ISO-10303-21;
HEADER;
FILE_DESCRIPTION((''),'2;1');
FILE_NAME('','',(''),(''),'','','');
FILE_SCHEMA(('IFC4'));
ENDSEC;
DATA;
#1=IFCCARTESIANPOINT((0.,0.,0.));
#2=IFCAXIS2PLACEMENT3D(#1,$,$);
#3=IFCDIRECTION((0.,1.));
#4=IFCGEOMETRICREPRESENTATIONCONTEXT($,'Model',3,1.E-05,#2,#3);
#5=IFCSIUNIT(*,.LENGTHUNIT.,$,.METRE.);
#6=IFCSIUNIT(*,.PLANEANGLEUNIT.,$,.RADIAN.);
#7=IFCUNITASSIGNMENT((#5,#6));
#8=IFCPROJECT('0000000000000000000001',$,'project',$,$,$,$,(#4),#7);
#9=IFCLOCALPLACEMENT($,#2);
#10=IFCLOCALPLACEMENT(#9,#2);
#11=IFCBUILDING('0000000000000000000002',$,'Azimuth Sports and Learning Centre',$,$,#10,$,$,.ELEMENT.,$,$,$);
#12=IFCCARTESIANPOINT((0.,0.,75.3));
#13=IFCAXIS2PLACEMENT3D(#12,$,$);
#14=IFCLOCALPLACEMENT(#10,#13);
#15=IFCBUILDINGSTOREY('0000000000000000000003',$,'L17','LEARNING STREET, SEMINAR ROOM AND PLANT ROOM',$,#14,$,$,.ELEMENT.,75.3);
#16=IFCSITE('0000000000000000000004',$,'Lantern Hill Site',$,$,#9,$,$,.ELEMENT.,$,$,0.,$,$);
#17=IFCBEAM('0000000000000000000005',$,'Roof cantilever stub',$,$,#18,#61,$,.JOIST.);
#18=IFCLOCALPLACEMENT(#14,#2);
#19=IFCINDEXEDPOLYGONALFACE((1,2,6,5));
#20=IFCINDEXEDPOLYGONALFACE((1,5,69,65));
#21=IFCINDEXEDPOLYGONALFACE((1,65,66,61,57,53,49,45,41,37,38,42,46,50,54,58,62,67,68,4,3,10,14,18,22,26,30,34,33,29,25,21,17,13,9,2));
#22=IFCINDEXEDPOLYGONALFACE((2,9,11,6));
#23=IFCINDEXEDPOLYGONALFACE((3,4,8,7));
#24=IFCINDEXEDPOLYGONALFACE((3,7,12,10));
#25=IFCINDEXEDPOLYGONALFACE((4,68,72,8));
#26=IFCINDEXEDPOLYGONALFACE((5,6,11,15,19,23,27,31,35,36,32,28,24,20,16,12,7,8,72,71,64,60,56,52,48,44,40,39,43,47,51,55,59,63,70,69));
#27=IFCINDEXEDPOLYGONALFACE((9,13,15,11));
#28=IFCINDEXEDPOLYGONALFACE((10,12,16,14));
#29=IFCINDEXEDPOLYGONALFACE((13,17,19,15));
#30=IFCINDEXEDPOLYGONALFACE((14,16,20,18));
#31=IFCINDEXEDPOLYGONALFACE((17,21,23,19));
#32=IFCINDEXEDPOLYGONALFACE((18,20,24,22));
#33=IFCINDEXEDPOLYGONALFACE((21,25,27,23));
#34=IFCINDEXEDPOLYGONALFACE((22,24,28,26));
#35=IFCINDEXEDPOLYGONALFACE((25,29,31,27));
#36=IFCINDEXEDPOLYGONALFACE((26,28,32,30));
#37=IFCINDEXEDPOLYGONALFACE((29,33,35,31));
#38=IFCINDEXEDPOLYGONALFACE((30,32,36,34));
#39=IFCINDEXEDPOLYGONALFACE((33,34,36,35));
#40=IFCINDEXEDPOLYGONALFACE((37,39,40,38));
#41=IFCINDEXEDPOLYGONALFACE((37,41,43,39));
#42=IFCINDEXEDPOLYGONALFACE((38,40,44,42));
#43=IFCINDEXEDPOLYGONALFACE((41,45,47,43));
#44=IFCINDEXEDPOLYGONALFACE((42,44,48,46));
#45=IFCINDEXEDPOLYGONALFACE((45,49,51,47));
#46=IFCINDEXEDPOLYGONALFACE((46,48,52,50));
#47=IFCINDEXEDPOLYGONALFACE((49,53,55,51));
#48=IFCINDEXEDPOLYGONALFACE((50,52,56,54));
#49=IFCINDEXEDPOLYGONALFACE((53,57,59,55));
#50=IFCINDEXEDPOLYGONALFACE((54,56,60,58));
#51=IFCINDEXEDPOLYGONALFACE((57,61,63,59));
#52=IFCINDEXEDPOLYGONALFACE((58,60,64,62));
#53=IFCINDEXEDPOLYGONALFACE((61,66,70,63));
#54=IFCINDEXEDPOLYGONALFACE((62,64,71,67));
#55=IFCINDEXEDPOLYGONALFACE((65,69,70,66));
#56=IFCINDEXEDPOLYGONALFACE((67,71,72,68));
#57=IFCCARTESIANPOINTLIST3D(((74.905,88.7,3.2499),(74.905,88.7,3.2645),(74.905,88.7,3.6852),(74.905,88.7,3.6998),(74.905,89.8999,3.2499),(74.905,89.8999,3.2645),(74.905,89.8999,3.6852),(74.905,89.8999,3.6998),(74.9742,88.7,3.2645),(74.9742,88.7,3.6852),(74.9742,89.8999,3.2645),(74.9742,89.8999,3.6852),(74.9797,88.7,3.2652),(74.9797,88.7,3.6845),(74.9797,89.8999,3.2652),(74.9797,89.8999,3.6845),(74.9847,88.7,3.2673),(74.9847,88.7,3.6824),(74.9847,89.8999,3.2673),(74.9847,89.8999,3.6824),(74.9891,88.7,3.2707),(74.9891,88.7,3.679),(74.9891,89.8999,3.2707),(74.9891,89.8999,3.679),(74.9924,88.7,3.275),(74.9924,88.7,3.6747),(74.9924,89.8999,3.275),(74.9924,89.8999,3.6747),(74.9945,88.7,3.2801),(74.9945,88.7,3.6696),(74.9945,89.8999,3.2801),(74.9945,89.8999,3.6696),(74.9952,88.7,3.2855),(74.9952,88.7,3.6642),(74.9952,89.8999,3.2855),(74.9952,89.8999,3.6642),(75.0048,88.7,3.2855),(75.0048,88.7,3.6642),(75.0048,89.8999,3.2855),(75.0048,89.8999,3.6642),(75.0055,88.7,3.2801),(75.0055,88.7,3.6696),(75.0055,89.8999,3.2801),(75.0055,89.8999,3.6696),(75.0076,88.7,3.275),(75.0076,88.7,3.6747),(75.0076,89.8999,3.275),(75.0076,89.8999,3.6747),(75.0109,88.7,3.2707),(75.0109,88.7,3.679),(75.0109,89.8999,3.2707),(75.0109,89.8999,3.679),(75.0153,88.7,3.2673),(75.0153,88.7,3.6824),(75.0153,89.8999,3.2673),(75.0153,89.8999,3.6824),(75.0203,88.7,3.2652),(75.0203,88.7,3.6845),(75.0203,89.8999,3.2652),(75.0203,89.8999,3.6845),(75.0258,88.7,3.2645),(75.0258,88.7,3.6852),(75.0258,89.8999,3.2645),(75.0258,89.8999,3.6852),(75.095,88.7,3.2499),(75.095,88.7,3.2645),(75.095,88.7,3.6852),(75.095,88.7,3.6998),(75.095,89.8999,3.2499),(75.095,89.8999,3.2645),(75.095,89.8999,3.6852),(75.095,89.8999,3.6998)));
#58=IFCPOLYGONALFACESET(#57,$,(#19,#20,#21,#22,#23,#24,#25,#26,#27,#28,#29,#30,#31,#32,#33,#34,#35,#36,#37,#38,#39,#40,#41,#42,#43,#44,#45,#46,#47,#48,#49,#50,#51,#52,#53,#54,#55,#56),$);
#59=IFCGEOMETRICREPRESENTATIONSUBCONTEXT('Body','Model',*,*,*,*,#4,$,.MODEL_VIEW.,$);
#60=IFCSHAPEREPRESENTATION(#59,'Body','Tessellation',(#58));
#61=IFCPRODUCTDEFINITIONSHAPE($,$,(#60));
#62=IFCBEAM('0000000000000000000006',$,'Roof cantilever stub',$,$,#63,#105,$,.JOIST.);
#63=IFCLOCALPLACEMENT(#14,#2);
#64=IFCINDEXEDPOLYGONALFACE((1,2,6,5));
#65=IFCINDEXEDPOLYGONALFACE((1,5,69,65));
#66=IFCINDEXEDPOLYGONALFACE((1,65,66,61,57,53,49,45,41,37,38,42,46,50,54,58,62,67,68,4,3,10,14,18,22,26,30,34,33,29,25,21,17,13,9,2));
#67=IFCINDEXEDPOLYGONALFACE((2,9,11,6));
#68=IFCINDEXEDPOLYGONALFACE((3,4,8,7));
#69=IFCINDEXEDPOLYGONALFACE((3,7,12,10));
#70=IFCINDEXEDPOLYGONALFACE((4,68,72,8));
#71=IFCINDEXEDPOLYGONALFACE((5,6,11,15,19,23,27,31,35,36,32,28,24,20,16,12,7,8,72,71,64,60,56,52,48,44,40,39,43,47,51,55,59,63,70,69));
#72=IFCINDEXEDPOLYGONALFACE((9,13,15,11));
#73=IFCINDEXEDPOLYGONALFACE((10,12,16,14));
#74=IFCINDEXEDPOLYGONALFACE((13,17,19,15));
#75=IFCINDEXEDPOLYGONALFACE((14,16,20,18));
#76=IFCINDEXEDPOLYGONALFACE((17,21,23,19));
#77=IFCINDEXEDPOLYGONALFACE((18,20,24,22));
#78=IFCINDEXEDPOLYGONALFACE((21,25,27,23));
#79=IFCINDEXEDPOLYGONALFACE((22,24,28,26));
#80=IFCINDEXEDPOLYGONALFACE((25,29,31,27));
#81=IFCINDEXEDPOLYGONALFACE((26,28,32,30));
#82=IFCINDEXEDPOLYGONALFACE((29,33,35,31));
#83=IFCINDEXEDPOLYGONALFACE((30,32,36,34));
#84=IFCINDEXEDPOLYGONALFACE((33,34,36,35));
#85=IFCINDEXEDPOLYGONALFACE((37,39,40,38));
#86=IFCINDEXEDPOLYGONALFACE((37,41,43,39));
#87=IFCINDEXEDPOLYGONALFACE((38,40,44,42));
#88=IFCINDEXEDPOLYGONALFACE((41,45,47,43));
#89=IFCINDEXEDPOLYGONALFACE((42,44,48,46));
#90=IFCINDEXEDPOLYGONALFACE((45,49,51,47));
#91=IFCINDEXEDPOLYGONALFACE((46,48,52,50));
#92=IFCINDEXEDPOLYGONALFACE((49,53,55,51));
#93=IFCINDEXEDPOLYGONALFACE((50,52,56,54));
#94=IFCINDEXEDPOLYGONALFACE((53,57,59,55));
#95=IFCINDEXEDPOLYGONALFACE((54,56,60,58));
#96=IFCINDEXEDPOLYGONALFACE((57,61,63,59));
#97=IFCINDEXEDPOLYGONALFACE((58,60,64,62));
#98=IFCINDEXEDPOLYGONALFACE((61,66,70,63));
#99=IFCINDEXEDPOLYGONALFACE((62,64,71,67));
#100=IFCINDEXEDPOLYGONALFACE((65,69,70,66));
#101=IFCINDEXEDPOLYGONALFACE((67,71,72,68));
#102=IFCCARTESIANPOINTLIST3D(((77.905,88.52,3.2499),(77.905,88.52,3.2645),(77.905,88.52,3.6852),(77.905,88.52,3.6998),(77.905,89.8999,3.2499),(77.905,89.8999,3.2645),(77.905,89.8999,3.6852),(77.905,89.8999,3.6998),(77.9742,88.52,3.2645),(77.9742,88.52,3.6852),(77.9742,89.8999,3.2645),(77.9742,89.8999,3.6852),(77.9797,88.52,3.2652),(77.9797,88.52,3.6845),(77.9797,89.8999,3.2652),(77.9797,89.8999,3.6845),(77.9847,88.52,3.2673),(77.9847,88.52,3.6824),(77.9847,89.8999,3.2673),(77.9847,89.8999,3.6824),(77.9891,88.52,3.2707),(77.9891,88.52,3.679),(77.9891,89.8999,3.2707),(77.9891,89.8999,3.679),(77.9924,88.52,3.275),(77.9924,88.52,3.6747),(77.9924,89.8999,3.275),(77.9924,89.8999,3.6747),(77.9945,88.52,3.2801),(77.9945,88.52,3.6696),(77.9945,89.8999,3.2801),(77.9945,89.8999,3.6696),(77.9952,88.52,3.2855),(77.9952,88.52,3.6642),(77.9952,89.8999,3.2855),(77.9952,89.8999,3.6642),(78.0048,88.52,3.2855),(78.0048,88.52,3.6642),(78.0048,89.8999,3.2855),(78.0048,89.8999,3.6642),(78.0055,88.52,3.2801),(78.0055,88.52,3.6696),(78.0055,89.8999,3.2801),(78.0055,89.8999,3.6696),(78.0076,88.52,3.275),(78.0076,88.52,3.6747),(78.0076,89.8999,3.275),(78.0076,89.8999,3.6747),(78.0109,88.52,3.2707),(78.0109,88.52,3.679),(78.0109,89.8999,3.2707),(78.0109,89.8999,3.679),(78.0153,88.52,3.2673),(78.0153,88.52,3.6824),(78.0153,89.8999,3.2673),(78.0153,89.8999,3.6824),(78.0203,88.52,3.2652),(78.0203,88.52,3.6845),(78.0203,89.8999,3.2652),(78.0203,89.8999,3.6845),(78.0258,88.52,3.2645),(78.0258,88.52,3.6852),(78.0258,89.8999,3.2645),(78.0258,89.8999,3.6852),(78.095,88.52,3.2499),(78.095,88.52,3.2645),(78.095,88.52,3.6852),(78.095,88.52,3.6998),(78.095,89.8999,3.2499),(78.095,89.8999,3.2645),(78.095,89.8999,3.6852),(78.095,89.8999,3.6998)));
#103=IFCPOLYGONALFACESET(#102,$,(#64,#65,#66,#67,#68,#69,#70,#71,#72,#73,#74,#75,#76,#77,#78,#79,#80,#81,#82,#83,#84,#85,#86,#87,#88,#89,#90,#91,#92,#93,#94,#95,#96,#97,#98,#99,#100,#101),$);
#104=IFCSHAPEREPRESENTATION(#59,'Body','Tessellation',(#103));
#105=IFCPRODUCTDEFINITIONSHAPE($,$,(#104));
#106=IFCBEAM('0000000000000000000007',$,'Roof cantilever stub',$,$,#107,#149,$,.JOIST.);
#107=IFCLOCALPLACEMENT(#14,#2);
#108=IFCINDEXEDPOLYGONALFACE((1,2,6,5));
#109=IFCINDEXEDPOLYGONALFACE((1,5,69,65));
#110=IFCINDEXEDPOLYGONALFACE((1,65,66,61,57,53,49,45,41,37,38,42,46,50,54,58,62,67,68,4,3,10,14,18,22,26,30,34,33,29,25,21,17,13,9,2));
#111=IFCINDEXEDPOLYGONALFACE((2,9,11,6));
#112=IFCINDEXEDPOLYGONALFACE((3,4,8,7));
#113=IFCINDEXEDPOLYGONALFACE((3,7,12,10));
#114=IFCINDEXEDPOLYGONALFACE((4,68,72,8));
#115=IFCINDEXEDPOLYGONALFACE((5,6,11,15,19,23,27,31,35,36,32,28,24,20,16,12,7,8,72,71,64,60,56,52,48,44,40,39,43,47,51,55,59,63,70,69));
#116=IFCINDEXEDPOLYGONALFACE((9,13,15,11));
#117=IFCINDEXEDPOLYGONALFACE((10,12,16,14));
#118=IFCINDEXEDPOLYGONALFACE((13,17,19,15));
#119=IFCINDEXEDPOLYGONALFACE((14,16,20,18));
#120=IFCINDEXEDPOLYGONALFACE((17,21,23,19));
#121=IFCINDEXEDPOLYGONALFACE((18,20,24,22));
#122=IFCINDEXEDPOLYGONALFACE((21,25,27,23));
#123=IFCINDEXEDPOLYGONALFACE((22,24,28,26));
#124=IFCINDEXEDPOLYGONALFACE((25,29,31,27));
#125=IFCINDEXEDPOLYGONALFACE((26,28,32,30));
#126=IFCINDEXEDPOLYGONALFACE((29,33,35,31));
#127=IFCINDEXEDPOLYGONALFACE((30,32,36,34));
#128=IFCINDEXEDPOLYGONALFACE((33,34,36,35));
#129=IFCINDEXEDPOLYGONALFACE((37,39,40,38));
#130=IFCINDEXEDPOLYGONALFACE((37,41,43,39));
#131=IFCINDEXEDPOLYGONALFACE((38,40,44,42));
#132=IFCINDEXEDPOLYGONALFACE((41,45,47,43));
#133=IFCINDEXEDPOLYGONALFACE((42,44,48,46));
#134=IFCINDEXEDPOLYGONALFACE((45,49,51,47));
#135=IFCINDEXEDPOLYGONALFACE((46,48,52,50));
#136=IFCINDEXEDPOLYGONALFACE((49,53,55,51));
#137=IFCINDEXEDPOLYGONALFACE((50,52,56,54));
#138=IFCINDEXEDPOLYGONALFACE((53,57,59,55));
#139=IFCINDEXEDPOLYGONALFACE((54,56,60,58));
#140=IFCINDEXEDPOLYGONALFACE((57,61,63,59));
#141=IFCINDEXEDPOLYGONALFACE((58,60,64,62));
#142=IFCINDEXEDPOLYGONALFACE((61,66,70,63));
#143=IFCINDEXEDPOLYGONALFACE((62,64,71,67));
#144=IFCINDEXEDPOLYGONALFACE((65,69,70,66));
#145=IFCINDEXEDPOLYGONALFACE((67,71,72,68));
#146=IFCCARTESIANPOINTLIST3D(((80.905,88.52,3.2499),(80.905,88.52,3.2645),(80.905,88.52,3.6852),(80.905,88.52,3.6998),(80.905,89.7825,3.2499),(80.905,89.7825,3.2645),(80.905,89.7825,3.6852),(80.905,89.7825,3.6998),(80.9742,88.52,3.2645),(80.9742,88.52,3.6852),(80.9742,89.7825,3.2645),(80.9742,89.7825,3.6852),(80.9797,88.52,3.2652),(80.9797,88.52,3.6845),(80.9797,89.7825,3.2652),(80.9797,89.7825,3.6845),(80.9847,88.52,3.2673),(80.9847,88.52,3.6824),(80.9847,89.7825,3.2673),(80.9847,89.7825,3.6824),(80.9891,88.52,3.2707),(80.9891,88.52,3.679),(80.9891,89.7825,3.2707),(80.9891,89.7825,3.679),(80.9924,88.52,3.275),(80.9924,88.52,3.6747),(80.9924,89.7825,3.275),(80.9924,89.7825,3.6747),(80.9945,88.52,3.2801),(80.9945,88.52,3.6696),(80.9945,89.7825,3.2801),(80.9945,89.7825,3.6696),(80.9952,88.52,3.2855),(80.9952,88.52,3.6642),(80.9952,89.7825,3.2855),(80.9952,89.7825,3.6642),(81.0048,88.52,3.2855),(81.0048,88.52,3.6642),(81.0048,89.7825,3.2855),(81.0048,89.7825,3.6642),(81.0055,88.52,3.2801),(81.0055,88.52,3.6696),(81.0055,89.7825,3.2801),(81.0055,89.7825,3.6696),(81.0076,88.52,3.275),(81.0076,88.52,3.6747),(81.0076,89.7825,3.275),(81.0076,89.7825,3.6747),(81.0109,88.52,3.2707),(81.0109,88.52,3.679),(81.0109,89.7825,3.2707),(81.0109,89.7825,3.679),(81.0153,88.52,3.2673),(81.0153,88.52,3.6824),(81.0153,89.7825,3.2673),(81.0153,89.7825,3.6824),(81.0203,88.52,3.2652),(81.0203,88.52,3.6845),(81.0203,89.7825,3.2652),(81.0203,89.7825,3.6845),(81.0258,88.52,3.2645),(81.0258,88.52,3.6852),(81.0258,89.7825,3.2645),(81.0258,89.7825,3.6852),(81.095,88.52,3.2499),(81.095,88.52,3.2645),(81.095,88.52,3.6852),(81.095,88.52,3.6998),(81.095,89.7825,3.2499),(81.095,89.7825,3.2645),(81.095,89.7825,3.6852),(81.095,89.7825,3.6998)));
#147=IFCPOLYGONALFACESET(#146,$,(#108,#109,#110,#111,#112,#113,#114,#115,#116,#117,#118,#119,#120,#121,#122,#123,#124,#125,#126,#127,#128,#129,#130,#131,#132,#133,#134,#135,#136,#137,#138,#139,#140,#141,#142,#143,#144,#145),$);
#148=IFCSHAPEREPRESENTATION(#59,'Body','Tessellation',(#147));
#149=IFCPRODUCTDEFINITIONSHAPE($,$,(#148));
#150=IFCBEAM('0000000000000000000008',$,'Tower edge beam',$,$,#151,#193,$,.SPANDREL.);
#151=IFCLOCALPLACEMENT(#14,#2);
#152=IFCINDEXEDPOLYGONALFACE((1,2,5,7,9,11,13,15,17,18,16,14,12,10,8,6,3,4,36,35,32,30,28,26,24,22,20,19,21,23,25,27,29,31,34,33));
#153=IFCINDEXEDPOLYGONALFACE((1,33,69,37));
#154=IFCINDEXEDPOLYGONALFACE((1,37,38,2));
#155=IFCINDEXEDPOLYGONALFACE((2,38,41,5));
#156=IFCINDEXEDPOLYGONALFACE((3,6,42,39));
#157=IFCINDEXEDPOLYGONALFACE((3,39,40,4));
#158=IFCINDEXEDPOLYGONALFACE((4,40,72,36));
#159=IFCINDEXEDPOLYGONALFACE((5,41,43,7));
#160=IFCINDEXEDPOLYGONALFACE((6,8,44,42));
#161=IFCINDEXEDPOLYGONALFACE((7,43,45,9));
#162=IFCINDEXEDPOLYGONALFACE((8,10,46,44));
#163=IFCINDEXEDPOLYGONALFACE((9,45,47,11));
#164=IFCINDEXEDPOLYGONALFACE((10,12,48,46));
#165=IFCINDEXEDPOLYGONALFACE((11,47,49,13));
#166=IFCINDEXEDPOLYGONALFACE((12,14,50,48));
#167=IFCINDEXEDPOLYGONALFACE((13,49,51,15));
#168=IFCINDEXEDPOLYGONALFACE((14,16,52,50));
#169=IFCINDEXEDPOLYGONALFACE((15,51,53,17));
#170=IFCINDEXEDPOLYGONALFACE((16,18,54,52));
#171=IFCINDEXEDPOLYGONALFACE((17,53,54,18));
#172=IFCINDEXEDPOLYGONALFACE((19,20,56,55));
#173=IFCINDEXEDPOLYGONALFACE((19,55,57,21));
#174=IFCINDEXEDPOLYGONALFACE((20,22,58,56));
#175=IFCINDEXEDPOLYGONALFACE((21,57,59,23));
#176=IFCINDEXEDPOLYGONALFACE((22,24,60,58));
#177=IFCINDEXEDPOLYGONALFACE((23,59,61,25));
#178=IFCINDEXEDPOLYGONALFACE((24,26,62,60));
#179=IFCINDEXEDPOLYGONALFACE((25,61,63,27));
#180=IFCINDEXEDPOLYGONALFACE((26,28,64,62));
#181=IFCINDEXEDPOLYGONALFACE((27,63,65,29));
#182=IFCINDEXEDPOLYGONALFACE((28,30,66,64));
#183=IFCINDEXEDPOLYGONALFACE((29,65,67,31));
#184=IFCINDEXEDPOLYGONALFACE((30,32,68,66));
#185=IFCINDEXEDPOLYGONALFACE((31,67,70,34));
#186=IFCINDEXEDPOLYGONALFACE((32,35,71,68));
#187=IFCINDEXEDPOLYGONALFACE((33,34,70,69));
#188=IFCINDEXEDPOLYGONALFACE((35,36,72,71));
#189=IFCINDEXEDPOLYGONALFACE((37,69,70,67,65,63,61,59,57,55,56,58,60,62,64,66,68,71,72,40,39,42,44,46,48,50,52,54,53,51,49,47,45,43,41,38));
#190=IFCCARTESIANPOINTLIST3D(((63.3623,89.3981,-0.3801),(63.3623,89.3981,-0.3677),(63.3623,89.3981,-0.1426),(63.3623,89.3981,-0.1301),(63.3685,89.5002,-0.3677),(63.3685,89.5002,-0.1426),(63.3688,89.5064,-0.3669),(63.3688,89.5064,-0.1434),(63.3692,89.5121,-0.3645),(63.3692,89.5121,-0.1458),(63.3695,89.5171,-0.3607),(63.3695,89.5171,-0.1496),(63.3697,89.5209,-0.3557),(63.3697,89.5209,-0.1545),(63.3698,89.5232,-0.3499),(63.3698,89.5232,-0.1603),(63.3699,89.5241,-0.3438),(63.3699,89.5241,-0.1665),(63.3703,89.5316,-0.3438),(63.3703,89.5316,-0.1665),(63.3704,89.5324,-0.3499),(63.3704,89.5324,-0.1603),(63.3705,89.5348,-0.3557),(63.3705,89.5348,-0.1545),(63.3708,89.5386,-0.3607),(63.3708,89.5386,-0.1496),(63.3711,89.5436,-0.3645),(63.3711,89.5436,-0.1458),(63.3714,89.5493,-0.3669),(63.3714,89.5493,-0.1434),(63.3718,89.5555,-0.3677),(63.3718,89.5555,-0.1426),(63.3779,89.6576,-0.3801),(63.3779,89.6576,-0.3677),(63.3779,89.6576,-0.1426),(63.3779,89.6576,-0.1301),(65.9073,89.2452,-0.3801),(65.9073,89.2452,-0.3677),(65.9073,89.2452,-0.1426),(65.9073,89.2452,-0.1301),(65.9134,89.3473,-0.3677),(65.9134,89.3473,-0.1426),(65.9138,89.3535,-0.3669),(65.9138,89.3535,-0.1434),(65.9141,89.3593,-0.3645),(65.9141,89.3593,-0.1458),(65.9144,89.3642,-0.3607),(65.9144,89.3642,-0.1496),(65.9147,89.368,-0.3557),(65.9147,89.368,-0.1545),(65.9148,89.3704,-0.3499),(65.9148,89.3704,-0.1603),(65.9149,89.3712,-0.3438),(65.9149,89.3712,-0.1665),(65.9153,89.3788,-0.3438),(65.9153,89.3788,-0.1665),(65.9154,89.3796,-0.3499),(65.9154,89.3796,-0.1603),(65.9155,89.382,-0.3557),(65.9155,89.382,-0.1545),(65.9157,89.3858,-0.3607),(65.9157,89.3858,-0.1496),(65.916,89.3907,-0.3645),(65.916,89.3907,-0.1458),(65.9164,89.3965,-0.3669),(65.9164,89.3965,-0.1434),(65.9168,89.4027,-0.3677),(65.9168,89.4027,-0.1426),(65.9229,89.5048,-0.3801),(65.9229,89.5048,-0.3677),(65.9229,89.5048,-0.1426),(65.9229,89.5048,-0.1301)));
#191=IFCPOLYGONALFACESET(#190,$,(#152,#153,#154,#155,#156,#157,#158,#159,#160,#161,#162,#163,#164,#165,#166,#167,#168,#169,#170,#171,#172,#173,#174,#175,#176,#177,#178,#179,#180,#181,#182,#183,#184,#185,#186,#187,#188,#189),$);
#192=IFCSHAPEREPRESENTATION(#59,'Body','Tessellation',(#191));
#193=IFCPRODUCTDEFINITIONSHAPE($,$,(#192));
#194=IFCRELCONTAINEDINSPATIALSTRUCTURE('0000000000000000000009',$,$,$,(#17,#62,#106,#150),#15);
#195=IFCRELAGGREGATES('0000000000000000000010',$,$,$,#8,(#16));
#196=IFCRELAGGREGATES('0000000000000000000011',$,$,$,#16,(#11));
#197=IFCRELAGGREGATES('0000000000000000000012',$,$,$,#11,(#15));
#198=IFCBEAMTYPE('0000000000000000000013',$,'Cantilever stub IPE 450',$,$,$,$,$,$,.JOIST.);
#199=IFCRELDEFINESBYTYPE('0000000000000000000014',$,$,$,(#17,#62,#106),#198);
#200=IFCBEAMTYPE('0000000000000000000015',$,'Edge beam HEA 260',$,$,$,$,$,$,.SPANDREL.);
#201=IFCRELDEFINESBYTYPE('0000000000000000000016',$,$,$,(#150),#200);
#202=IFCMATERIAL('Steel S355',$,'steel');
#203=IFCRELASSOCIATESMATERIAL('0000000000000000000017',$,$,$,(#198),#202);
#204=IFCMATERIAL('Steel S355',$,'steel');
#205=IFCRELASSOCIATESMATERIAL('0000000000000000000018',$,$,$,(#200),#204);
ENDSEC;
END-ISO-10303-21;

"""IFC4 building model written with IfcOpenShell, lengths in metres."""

from ifc_helpers import new_model, si_unit, direction, frame, origin, origin_2d, place, context, subcontext, project, spatial, i_section, extrude, material, material_profile, profile_set, type_object, element, save


model = new_model("IFC4")

# Units and contexts
model_context = context("Model", 3, precision=1e-05, world=origin(), true_north=direction((0.0, 1.0)))
body_context = subcontext(model_context, "Body", "Model", "MODEL_VIEW")
ifc_project = project(units=[si_unit("LENGTHUNIT", "METRE"), si_unit("PLANEANGLEUNIT", "RADIAN")], contexts=[model_context])

# Site, building, storey
site_placement = place(None, origin())
site = spatial("IfcSite", under=ifc_project, at=site_placement, Name="Lantern Hill Site", CompositionType="ELEMENT", RefElevation=0.0)
building_placement = place(site_placement, origin())
building = spatial("IfcBuilding", under=site, at=building_placement, Name="Azimuth Sports and Learning Centre", CompositionType="ELEMENT")
storey_placement = place(building_placement, frame((0.0, 0.0, 75.3)))
storey = spatial("IfcBuildingStorey", under=building, at=storey_placement, Name="L17", Description="LEARNING STREET, SEMINAR ROOM AND PLANT ROOM", CompositionType="ELEMENT", Elevation=75.3)

# Beams
ifc_material_1 = material(Name="Steel S355", Category="steel")
ifc_material_profile_1 = material_profile(ifc_material_1, i_section(OverallWidth=0.1899, OverallDepth=0.45, WebThickness=0.0095, FlangeThickness=0.0146, FilletRadius=0.021, at=origin_2d()), Name="IPE 450")
ifc_profile_set_1 = profile_set([ifc_material_profile_1], Name="Steel S355")
beam_type_1 = type_object("IfcBeamType", Name="Cantilever stub IPE 450", PredefinedType="JOIST", material=ifc_profile_set_1)
beam_1_placement = place(storey_placement, frame((75.0, 89.8999, 3.4749), z_axis=(0.0, -1.0, 0.0), x_axis=(1.0, 0.0, 0.0)))
element("IfcBeam", 1, at=beam_1_placement, inside=storey, type_object=beam_type_1, Name="Roof cantilever stub", PredefinedType="JOIST", context=body_context, shape_type="SweptSolid", body=[
    extrude(i_section(OverallWidth=0.1899, OverallDepth=0.45, WebThickness=0.0095, FlangeThickness=0.0146, FilletRadius=0.021, at=origin_2d()), origin(), (0.0, 0.0, 1.0), 1.2),
])
beam_2_placement = place(storey_placement, frame((78.0, 89.8999, 3.4749), z_axis=(0.0, -1.0, 0.0), x_axis=(1.0, 0.0, 0.0)))
element("IfcBeam", 2, at=beam_2_placement, inside=storey, type_object=beam_type_1, Name="Roof cantilever stub", PredefinedType="JOIST", context=body_context, shape_type="SweptSolid", body=[
    extrude(i_section(OverallWidth=0.1899, OverallDepth=0.45, WebThickness=0.0095, FlangeThickness=0.0146, FilletRadius=0.021, at=origin_2d()), origin(), (0.0, 0.0, 1.0), 1.3799),
])
beam_3_placement = place(storey_placement, frame((81.0, 89.7825, 3.4749), z_axis=(0.0, -1.0, 0.0), x_axis=(1.0, 0.0, 0.0)))
element("IfcBeam", 3, at=beam_3_placement, inside=storey, type_object=beam_type_1, Name="Roof cantilever stub", PredefinedType="JOIST", context=body_context, shape_type="SweptSolid", body=[
    extrude(i_section(OverallWidth=0.1899, OverallDepth=0.45, WebThickness=0.0095, FlangeThickness=0.0146, FilletRadius=0.021, at=origin_2d()), origin(), (0.0, 0.0, 1.0), 1.2625),
])
ifc_material_2 = material(Name="Steel S355", Category="steel")
ifc_material_profile_2 = material_profile(ifc_material_2, i_section(OverallWidth=0.26, OverallDepth=0.25, WebThickness=0.0076, FlangeThickness=0.0125, FilletRadius=0.0239, at=origin_2d()), Name="HEA 260")
ifc_profile_set_2 = profile_set([ifc_material_profile_2], Name="Steel S355")
beam_type_2 = type_object("IfcBeamType", Name="Edge beam HEA 260", PredefinedType="SPANDREL", material=ifc_profile_set_2)
beam_4_placement = place(storey_placement, frame((63.3701, 89.5278, -0.2551), z_axis=(0.998202, -0.059946, 0.0), x_axis=(0.059946, 0.998202, 0.0)))
element("IfcBeam", 4, at=beam_4_placement, inside=storey, type_object=beam_type_2, Name="Tower edge beam", PredefinedType="SPANDREL", context=body_context, shape_type="SweptSolid", body=[
    extrude(i_section(OverallWidth=0.26, OverallDepth=0.25, WebThickness=0.0076, FlangeThickness=0.0125, FilletRadius=0.0239, at=origin_2d()), origin(), (0.0, 0.0, 1.0), 2.5496),
])

save(model, "model.ifc")
